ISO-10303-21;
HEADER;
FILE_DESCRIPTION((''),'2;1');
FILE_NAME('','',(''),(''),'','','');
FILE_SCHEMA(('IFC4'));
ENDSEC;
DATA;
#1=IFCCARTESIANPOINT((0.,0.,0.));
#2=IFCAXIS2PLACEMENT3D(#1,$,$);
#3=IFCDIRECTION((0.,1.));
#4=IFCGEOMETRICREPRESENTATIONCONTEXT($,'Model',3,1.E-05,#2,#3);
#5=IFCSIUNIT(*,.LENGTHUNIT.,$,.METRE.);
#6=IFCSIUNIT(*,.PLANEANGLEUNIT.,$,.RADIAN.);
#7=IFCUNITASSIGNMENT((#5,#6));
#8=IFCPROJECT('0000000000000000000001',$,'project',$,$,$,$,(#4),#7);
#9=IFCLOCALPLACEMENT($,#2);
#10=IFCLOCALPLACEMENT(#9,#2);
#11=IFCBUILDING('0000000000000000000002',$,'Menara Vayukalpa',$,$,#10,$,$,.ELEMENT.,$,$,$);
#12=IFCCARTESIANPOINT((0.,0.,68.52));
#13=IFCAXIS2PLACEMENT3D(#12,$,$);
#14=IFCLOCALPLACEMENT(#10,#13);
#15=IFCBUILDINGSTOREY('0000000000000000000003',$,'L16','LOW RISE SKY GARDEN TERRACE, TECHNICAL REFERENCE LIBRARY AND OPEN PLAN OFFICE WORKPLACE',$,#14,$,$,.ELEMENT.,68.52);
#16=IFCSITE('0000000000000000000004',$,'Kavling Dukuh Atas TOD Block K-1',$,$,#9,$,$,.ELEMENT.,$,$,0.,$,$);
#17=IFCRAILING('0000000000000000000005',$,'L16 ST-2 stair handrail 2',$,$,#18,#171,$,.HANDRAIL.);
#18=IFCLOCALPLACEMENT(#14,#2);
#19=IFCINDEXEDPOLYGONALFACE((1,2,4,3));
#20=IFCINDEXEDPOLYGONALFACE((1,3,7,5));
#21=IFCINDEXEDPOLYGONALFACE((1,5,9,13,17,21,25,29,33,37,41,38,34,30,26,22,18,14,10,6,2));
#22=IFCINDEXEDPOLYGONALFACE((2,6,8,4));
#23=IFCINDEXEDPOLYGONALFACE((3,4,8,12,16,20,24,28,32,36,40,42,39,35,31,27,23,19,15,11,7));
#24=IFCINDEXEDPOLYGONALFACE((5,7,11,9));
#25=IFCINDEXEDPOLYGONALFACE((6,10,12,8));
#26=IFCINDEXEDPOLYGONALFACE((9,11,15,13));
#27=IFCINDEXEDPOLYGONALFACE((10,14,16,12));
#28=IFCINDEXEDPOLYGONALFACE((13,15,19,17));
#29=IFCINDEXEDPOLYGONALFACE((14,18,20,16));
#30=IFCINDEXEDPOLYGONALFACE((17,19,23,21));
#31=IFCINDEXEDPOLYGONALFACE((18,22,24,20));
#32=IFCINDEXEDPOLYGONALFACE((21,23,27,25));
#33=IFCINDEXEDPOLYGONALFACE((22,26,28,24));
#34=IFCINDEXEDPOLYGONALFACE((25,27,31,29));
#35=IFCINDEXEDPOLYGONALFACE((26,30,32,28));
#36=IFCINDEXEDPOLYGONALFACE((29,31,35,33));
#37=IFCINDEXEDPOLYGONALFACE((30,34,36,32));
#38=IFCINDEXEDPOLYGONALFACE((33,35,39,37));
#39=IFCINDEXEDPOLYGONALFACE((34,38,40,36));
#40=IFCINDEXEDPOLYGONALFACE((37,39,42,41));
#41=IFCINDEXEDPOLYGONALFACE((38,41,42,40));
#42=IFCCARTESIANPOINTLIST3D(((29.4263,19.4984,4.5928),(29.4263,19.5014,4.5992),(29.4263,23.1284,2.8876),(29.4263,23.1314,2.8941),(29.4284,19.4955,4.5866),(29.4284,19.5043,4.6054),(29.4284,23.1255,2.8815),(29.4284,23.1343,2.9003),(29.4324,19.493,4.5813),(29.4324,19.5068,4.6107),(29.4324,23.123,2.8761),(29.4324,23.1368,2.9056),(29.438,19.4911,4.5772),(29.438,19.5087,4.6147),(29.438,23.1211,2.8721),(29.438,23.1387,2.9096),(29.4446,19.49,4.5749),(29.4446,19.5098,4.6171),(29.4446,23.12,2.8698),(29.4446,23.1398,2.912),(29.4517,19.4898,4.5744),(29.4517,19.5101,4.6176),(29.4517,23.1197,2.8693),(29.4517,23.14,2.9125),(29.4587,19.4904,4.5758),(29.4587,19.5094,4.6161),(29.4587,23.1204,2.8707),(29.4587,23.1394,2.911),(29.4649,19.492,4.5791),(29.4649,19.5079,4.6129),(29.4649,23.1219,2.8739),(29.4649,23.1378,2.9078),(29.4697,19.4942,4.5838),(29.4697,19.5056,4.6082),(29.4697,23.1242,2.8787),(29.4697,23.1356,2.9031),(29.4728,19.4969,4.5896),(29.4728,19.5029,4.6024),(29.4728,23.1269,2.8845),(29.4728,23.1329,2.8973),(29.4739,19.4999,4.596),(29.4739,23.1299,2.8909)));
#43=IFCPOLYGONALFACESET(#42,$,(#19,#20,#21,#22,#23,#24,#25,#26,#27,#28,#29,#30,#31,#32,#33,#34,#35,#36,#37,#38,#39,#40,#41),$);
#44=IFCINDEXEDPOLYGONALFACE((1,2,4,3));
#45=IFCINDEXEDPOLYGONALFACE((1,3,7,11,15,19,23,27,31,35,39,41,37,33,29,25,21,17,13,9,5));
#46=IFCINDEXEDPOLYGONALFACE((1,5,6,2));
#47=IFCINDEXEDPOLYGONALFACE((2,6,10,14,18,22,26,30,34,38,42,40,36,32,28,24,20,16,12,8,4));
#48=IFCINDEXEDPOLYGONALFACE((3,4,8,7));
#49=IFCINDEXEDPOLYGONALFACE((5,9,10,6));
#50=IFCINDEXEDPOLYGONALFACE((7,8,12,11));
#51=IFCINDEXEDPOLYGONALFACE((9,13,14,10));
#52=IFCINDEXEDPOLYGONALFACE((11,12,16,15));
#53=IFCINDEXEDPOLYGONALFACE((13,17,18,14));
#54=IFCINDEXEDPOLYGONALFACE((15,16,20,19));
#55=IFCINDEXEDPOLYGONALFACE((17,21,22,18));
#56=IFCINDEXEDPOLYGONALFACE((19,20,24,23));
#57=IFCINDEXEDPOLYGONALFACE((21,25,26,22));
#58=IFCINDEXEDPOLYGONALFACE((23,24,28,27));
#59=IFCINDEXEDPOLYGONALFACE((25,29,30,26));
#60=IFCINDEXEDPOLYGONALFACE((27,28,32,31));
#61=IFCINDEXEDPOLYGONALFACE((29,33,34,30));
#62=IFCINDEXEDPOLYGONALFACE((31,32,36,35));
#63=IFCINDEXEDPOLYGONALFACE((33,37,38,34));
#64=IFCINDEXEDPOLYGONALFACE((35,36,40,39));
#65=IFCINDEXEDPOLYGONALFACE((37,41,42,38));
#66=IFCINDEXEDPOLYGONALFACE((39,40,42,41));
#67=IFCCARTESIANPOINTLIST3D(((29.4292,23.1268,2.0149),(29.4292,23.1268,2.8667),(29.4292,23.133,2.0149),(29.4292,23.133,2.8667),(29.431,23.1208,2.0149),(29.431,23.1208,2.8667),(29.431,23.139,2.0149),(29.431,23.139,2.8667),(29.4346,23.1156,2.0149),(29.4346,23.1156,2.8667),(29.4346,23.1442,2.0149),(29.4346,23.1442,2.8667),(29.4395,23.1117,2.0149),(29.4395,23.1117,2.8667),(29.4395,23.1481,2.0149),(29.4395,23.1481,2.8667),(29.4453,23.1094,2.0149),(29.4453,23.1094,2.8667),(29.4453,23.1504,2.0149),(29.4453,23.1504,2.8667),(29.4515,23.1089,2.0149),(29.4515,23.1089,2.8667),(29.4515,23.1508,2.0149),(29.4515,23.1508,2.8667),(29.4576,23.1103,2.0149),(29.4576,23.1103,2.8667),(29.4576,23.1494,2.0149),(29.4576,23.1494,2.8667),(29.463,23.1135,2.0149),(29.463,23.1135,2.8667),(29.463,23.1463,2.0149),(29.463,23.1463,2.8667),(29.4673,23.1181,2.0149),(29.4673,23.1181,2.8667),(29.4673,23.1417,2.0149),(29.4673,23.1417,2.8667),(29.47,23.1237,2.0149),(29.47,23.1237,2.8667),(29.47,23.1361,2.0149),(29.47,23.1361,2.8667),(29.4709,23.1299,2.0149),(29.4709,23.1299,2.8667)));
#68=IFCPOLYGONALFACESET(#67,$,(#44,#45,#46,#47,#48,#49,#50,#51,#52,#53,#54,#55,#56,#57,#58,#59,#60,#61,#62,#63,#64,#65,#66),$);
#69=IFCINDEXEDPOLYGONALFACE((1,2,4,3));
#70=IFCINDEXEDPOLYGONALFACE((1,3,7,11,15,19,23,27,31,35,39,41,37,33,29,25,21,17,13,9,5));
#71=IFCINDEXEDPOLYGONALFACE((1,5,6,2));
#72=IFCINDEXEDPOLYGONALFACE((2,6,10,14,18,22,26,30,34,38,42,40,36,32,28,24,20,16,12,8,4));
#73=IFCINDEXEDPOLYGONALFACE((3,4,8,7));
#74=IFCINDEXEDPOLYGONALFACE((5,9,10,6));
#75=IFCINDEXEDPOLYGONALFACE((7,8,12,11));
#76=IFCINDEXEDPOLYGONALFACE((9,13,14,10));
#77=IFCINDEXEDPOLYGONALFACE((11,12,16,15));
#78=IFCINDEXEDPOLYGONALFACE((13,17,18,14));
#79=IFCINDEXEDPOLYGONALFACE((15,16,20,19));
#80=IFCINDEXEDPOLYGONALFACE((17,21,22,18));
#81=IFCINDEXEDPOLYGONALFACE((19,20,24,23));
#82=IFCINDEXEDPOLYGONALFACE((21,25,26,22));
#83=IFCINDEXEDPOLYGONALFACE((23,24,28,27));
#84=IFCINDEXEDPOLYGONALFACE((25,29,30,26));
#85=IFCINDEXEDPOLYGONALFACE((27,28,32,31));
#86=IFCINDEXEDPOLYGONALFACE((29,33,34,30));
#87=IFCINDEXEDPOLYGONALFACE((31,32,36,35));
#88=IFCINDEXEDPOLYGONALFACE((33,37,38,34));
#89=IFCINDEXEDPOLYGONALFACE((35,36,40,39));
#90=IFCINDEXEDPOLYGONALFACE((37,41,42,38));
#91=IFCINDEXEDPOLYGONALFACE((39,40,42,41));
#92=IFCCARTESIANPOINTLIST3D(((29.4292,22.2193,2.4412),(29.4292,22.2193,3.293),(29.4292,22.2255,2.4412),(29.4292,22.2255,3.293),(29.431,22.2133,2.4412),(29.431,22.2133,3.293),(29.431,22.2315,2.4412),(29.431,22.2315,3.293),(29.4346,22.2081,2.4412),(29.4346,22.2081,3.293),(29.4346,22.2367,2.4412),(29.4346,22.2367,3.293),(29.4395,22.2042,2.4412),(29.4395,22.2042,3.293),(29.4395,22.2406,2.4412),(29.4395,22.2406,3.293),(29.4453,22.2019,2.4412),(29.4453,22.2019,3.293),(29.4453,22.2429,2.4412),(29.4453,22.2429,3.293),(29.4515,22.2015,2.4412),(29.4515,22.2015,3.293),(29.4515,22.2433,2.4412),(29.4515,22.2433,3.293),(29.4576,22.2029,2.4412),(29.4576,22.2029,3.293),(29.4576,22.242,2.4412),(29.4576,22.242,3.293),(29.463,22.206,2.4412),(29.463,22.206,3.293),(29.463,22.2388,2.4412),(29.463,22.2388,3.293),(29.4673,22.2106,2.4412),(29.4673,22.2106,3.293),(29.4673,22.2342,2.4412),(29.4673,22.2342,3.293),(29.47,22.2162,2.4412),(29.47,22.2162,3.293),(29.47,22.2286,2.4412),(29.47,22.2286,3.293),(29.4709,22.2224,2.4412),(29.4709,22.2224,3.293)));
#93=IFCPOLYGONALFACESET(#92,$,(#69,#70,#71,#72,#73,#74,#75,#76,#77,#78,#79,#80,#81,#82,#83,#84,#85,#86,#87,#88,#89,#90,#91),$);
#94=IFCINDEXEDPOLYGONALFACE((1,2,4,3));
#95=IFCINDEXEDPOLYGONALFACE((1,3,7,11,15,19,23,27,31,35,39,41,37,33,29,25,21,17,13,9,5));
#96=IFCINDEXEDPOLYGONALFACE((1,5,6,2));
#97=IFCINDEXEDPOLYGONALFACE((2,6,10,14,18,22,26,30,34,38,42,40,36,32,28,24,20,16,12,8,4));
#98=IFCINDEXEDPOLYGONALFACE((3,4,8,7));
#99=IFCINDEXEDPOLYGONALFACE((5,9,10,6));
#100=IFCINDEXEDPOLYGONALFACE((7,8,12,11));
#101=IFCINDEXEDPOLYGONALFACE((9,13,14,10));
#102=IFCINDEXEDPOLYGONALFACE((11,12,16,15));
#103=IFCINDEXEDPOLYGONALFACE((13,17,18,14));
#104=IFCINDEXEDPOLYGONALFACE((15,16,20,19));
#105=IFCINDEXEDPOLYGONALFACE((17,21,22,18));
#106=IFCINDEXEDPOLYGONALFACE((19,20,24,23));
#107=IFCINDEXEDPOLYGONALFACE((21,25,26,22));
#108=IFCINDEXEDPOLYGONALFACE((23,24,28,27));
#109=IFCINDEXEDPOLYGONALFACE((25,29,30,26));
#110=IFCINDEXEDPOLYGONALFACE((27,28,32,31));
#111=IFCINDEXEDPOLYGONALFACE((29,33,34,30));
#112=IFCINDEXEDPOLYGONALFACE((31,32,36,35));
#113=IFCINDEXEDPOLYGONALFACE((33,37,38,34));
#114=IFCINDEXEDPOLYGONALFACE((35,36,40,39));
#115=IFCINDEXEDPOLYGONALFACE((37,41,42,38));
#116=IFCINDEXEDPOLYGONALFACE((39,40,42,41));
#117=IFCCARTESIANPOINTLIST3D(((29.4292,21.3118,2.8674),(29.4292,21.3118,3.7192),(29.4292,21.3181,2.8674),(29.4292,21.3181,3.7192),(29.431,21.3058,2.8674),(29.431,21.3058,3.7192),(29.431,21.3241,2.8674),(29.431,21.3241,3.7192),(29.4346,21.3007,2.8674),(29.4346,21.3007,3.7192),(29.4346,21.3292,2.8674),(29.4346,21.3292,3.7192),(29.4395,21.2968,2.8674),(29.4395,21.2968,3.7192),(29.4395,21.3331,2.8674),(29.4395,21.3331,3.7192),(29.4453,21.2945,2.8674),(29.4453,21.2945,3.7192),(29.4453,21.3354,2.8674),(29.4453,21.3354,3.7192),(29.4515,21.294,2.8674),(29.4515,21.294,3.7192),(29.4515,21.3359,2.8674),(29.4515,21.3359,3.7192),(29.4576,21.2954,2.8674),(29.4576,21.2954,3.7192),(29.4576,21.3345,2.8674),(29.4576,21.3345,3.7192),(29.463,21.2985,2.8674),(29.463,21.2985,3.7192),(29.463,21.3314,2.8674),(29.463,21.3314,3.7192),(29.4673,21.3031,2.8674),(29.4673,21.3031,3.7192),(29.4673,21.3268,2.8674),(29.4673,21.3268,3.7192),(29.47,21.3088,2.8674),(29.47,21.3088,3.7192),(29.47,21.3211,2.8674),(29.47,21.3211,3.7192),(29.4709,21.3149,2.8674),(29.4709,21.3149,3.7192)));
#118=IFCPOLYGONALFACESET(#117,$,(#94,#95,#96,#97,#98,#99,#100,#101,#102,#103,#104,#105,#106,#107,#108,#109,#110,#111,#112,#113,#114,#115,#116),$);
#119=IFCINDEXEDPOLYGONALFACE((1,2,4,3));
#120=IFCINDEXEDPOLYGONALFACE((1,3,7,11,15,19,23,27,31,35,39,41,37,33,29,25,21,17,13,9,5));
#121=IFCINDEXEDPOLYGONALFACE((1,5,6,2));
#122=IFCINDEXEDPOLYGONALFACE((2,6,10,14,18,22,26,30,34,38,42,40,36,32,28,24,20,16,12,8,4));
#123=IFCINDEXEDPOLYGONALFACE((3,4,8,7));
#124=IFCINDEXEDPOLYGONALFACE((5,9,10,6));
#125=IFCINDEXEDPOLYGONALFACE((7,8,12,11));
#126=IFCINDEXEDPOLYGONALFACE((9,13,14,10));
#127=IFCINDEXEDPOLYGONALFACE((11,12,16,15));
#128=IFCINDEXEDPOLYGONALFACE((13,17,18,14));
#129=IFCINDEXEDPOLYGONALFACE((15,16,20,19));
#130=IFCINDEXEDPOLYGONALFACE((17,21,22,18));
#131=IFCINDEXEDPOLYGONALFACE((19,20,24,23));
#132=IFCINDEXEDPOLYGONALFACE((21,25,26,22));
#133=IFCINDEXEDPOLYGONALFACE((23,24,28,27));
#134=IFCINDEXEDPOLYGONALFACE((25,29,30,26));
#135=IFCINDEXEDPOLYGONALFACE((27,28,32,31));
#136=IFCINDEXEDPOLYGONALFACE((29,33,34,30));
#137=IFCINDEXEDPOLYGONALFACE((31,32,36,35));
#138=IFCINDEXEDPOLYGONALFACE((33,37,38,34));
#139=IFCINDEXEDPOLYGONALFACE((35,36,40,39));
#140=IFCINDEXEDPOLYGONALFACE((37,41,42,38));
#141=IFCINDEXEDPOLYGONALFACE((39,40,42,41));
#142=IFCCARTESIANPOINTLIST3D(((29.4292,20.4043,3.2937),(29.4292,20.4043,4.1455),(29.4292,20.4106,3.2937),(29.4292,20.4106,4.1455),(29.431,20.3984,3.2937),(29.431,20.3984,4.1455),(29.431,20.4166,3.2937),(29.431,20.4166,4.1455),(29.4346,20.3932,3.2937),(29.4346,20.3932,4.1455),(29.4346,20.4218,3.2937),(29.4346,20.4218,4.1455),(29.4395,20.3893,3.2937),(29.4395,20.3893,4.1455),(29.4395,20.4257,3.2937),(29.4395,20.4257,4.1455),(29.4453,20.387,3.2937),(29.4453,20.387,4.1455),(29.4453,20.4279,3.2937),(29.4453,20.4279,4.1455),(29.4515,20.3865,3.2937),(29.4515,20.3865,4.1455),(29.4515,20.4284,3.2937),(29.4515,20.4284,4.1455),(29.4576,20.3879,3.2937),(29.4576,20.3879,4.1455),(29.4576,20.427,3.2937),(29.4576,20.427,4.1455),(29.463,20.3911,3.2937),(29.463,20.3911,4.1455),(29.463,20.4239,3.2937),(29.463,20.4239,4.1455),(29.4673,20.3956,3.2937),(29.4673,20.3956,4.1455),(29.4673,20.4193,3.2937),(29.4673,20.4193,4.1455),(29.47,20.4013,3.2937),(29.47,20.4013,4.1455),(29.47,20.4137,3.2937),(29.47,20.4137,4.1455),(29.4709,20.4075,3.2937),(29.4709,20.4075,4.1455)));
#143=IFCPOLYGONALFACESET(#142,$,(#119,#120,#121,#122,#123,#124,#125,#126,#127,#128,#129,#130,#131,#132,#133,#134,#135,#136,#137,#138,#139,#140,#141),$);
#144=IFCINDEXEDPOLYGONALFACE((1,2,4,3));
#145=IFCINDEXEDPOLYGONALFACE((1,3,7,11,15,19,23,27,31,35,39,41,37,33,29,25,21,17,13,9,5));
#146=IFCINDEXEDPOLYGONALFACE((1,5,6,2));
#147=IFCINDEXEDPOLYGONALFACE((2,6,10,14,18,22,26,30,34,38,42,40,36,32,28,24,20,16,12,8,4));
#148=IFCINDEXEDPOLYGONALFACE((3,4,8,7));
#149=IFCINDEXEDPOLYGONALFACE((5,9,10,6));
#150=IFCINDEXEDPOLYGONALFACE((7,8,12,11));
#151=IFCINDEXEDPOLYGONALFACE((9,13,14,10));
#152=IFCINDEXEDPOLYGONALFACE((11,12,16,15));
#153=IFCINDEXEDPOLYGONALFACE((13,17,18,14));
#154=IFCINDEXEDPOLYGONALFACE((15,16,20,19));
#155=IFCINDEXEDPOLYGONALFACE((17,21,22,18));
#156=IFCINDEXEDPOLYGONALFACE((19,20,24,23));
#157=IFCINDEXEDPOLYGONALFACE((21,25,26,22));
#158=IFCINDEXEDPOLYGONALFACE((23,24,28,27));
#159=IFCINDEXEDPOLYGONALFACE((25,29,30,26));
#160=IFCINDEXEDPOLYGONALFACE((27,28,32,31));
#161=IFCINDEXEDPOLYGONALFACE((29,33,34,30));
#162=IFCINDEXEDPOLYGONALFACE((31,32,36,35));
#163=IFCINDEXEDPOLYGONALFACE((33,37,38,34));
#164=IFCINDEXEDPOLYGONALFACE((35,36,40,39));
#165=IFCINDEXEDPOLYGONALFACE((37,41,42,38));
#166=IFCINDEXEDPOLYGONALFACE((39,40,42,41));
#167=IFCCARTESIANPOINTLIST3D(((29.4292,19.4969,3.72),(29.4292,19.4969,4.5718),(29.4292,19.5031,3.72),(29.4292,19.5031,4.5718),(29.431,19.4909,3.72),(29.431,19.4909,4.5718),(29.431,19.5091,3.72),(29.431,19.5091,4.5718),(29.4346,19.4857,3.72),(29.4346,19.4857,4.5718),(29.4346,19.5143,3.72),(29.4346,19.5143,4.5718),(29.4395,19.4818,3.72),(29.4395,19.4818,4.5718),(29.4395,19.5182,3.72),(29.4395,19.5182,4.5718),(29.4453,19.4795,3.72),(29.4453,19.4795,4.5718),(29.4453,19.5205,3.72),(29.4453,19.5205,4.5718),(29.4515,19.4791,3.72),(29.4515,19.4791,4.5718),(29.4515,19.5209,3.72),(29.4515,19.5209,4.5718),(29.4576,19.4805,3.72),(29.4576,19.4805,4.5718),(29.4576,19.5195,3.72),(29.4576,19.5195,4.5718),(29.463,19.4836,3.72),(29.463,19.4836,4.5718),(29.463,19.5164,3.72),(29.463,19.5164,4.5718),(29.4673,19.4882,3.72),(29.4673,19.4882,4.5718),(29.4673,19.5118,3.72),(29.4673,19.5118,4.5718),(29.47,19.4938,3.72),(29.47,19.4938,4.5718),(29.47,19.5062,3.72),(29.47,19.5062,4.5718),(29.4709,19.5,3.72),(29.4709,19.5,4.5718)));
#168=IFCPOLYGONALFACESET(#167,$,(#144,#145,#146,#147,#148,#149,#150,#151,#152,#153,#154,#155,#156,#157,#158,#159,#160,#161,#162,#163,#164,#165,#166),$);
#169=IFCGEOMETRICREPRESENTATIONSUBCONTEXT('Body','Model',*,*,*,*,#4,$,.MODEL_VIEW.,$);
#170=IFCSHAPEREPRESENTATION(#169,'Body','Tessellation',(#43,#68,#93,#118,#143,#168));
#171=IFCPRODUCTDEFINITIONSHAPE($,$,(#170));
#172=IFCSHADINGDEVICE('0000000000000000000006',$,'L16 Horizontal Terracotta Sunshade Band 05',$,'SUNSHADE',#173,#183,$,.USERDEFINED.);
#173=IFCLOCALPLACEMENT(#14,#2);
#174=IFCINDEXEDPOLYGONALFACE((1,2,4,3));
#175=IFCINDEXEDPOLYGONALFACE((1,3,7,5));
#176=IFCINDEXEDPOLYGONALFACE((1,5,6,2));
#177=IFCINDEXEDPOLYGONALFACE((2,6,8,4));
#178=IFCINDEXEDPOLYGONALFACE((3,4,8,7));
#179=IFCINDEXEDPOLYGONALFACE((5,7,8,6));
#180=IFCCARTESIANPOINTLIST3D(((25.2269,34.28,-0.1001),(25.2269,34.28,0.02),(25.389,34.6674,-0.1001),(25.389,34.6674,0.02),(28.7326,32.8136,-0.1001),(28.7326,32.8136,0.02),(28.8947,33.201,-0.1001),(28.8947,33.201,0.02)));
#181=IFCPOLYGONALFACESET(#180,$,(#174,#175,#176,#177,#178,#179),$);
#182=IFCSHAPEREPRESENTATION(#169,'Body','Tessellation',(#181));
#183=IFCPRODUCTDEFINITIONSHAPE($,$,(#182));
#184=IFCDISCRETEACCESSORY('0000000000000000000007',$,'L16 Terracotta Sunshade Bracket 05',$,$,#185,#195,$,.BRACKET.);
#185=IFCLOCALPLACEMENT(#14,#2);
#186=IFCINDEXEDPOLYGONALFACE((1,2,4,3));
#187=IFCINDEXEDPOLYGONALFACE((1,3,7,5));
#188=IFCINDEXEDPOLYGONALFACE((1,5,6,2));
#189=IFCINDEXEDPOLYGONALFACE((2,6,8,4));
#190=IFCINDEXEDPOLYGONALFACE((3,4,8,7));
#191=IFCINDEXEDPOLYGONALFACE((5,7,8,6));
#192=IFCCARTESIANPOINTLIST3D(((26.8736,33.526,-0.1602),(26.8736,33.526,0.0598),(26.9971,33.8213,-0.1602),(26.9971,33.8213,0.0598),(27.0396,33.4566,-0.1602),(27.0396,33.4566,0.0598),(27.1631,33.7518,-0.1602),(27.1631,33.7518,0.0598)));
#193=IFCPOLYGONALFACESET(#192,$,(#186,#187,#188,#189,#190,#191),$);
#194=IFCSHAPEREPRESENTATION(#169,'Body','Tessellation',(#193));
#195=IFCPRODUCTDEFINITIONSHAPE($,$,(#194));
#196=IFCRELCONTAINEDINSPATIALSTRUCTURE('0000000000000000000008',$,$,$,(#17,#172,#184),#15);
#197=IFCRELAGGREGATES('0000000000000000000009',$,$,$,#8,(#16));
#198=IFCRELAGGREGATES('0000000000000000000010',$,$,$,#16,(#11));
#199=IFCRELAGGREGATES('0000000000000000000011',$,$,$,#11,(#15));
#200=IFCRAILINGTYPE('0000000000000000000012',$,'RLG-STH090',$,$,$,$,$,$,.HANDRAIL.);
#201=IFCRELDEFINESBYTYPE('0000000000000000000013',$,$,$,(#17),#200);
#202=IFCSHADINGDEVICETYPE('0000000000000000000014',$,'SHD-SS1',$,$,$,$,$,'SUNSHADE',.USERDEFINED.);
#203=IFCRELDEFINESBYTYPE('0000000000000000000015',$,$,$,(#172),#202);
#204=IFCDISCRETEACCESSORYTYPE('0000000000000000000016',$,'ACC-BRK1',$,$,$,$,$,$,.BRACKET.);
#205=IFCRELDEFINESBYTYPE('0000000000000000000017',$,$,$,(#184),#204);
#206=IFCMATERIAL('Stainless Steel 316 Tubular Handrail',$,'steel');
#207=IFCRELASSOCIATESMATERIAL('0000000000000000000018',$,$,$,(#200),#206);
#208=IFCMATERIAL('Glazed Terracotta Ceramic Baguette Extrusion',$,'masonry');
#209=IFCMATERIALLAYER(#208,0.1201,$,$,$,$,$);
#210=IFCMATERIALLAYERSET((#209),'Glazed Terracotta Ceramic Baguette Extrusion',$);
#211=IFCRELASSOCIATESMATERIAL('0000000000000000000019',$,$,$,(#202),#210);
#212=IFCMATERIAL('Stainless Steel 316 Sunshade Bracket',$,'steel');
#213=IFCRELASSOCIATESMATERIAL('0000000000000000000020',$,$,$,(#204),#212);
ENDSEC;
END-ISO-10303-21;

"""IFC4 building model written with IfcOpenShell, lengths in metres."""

from ifc_helpers import new_model, si_unit, direction, frame, origin, origin_2d, place, context, subcontext, project, spatial, rectangle, circle, extrude, material, layer, layer_set, type_object, element, save


model = new_model("IFC4")

# Units and contexts
model_context = context("Model", 3, precision=1e-05, world=origin(), true_north=direction((0.0, 1.0)))
body_context = subcontext(model_context, "Body", "Model", "MODEL_VIEW")
ifc_project = project(units=[si_unit("LENGTHUNIT", "METRE"), si_unit("PLANEANGLEUNIT", "RADIAN")], contexts=[model_context])

# Site, building, storey
site_placement = place(None, origin())
site = spatial("IfcSite", under=ifc_project, at=site_placement, Name="Kavling Dukuh Atas TOD Block K-1", CompositionType="ELEMENT", RefElevation=0.0)
building_placement = place(site_placement, origin())
building = spatial("IfcBuilding", under=site, at=building_placement, Name="Menara Vayukalpa", CompositionType="ELEMENT")
storey_placement = place(building_placement, frame((0.0, 0.0, 68.52)))
storey = spatial("IfcBuildingStorey", under=building, at=storey_placement, Name="L16", Description="LOW RISE SKY GARDEN TERRACE, TECHNICAL REFERENCE LIBRARY AND OPEN PLAN OFFICE WORKPLACE", CompositionType="ELEMENT", Elevation=68.52)

# Railing
ifc_material_1 = material(Name="Stainless Steel 316 Tubular Handrail", Category="steel")
railing_type_1 = type_object("IfcRailingType", Name="RLG-STH090", PredefinedType="HANDRAIL", material=ifc_material_1)
railing_1_placement = place(storey_placement, frame((29.45, 23.1299, 2.0149)))
element("IfcRailing", 1, at=railing_1_placement, inside=storey, type_object=railing_type_1, Name="L16 ST-2 stair handrail 2", PredefinedType="HANDRAIL", context=body_context, shape_type="SweptSolid", body=[
    extrude(circle(Radius=0.0239, at=origin_2d()), frame((0.0, 0.0, 0.876), z_axis=(0.0, -0.905116, 0.425164), x_axis=(1.0, 0.0, 0.0)), (0.0, 0.0, 1.0), 4.0105),
    extrude(circle(Radius=0.021, at=origin_2d()), origin(), (0.0, 0.0, 1.0), 0.8518),
    extrude(circle(Radius=0.021, at=origin_2d()), frame((0.0, -0.9075, 0.4263)), (0.0, 0.0, 1.0), 0.8518),
    extrude(circle(Radius=0.021, at=origin_2d()), frame((0.0, -1.8149, 0.8525)), (0.0, 0.0, 1.0), 0.8518),
    extrude(circle(Radius=0.021, at=origin_2d()), frame((0.0, -2.7224, 1.2788)), (0.0, 0.0, 1.0), 0.8518),
    extrude(circle(Radius=0.021, at=origin_2d()), frame((0.0, -3.6299, 1.7051)), (0.0, 0.0, 1.0), 0.8518),
])

# Shading device
ifc_material_2 = material(Name="Glazed Terracotta Ceramic Baguette Extrusion", Category="masonry")
ifc_layer_1 = layer(ifc_material_2, 0.1201)
ifc_layer_set_1 = layer_set([ifc_layer_1], Name="Glazed Terracotta Ceramic Baguette Extrusion")
shading_device_type = type_object("IfcShadingDeviceType", Name="SHD-SS1", ElementType="SUNSHADE", PredefinedType="USERDEFINED", material=ifc_layer_set_1)
shading_device_placement = place(storey_placement, frame((27.0608, 33.7405, -0.1001), z_axis=(0.0, 0.0, 1.0), x_axis=(-0.922545, 0.38589, 0.0)))
element("IfcShadingDevice", 2, at=shading_device_placement, inside=storey, type_object=shading_device_type, Name="L16 Horizontal Terracotta Sunshade Band 05", ObjectType="SUNSHADE", PredefinedType="USERDEFINED", context=body_context, shape_type="SweptSolid", body=[
    extrude(rectangle(XDim=3.8, YDim=0.4199, at=origin_2d()), origin(), (0.0, 0.0, 1.0), 0.1201),
])

# Discrete accessory
ifc_material_3 = material(Name="Stainless Steel 316 Sunshade Bracket", Category="steel")
discrete_accessory_type = type_object("IfcDiscreteAccessoryType", Name="ACC-BRK1", PredefinedType="BRACKET", material=ifc_material_3)
discrete_accessory_placement = place(storey_placement, frame((27.0183, 33.6389, -0.1602), z_axis=(0.0, 0.0, 1.0), x_axis=(-0.922545, 0.38589, 0.0)))
element("IfcDiscreteAccessory", 3, at=discrete_accessory_placement, inside=storey, type_object=discrete_accessory_type, Name="L16 Terracotta Sunshade Bracket 05", PredefinedType="BRACKET", context=body_context, shape_type="SweptSolid", body=[
    extrude(rectangle(XDim=0.1799, YDim=0.3201, at=origin_2d()), origin(), (0.0, 0.0, 1.0), 0.22),
])

save(model, "model.ifc")
